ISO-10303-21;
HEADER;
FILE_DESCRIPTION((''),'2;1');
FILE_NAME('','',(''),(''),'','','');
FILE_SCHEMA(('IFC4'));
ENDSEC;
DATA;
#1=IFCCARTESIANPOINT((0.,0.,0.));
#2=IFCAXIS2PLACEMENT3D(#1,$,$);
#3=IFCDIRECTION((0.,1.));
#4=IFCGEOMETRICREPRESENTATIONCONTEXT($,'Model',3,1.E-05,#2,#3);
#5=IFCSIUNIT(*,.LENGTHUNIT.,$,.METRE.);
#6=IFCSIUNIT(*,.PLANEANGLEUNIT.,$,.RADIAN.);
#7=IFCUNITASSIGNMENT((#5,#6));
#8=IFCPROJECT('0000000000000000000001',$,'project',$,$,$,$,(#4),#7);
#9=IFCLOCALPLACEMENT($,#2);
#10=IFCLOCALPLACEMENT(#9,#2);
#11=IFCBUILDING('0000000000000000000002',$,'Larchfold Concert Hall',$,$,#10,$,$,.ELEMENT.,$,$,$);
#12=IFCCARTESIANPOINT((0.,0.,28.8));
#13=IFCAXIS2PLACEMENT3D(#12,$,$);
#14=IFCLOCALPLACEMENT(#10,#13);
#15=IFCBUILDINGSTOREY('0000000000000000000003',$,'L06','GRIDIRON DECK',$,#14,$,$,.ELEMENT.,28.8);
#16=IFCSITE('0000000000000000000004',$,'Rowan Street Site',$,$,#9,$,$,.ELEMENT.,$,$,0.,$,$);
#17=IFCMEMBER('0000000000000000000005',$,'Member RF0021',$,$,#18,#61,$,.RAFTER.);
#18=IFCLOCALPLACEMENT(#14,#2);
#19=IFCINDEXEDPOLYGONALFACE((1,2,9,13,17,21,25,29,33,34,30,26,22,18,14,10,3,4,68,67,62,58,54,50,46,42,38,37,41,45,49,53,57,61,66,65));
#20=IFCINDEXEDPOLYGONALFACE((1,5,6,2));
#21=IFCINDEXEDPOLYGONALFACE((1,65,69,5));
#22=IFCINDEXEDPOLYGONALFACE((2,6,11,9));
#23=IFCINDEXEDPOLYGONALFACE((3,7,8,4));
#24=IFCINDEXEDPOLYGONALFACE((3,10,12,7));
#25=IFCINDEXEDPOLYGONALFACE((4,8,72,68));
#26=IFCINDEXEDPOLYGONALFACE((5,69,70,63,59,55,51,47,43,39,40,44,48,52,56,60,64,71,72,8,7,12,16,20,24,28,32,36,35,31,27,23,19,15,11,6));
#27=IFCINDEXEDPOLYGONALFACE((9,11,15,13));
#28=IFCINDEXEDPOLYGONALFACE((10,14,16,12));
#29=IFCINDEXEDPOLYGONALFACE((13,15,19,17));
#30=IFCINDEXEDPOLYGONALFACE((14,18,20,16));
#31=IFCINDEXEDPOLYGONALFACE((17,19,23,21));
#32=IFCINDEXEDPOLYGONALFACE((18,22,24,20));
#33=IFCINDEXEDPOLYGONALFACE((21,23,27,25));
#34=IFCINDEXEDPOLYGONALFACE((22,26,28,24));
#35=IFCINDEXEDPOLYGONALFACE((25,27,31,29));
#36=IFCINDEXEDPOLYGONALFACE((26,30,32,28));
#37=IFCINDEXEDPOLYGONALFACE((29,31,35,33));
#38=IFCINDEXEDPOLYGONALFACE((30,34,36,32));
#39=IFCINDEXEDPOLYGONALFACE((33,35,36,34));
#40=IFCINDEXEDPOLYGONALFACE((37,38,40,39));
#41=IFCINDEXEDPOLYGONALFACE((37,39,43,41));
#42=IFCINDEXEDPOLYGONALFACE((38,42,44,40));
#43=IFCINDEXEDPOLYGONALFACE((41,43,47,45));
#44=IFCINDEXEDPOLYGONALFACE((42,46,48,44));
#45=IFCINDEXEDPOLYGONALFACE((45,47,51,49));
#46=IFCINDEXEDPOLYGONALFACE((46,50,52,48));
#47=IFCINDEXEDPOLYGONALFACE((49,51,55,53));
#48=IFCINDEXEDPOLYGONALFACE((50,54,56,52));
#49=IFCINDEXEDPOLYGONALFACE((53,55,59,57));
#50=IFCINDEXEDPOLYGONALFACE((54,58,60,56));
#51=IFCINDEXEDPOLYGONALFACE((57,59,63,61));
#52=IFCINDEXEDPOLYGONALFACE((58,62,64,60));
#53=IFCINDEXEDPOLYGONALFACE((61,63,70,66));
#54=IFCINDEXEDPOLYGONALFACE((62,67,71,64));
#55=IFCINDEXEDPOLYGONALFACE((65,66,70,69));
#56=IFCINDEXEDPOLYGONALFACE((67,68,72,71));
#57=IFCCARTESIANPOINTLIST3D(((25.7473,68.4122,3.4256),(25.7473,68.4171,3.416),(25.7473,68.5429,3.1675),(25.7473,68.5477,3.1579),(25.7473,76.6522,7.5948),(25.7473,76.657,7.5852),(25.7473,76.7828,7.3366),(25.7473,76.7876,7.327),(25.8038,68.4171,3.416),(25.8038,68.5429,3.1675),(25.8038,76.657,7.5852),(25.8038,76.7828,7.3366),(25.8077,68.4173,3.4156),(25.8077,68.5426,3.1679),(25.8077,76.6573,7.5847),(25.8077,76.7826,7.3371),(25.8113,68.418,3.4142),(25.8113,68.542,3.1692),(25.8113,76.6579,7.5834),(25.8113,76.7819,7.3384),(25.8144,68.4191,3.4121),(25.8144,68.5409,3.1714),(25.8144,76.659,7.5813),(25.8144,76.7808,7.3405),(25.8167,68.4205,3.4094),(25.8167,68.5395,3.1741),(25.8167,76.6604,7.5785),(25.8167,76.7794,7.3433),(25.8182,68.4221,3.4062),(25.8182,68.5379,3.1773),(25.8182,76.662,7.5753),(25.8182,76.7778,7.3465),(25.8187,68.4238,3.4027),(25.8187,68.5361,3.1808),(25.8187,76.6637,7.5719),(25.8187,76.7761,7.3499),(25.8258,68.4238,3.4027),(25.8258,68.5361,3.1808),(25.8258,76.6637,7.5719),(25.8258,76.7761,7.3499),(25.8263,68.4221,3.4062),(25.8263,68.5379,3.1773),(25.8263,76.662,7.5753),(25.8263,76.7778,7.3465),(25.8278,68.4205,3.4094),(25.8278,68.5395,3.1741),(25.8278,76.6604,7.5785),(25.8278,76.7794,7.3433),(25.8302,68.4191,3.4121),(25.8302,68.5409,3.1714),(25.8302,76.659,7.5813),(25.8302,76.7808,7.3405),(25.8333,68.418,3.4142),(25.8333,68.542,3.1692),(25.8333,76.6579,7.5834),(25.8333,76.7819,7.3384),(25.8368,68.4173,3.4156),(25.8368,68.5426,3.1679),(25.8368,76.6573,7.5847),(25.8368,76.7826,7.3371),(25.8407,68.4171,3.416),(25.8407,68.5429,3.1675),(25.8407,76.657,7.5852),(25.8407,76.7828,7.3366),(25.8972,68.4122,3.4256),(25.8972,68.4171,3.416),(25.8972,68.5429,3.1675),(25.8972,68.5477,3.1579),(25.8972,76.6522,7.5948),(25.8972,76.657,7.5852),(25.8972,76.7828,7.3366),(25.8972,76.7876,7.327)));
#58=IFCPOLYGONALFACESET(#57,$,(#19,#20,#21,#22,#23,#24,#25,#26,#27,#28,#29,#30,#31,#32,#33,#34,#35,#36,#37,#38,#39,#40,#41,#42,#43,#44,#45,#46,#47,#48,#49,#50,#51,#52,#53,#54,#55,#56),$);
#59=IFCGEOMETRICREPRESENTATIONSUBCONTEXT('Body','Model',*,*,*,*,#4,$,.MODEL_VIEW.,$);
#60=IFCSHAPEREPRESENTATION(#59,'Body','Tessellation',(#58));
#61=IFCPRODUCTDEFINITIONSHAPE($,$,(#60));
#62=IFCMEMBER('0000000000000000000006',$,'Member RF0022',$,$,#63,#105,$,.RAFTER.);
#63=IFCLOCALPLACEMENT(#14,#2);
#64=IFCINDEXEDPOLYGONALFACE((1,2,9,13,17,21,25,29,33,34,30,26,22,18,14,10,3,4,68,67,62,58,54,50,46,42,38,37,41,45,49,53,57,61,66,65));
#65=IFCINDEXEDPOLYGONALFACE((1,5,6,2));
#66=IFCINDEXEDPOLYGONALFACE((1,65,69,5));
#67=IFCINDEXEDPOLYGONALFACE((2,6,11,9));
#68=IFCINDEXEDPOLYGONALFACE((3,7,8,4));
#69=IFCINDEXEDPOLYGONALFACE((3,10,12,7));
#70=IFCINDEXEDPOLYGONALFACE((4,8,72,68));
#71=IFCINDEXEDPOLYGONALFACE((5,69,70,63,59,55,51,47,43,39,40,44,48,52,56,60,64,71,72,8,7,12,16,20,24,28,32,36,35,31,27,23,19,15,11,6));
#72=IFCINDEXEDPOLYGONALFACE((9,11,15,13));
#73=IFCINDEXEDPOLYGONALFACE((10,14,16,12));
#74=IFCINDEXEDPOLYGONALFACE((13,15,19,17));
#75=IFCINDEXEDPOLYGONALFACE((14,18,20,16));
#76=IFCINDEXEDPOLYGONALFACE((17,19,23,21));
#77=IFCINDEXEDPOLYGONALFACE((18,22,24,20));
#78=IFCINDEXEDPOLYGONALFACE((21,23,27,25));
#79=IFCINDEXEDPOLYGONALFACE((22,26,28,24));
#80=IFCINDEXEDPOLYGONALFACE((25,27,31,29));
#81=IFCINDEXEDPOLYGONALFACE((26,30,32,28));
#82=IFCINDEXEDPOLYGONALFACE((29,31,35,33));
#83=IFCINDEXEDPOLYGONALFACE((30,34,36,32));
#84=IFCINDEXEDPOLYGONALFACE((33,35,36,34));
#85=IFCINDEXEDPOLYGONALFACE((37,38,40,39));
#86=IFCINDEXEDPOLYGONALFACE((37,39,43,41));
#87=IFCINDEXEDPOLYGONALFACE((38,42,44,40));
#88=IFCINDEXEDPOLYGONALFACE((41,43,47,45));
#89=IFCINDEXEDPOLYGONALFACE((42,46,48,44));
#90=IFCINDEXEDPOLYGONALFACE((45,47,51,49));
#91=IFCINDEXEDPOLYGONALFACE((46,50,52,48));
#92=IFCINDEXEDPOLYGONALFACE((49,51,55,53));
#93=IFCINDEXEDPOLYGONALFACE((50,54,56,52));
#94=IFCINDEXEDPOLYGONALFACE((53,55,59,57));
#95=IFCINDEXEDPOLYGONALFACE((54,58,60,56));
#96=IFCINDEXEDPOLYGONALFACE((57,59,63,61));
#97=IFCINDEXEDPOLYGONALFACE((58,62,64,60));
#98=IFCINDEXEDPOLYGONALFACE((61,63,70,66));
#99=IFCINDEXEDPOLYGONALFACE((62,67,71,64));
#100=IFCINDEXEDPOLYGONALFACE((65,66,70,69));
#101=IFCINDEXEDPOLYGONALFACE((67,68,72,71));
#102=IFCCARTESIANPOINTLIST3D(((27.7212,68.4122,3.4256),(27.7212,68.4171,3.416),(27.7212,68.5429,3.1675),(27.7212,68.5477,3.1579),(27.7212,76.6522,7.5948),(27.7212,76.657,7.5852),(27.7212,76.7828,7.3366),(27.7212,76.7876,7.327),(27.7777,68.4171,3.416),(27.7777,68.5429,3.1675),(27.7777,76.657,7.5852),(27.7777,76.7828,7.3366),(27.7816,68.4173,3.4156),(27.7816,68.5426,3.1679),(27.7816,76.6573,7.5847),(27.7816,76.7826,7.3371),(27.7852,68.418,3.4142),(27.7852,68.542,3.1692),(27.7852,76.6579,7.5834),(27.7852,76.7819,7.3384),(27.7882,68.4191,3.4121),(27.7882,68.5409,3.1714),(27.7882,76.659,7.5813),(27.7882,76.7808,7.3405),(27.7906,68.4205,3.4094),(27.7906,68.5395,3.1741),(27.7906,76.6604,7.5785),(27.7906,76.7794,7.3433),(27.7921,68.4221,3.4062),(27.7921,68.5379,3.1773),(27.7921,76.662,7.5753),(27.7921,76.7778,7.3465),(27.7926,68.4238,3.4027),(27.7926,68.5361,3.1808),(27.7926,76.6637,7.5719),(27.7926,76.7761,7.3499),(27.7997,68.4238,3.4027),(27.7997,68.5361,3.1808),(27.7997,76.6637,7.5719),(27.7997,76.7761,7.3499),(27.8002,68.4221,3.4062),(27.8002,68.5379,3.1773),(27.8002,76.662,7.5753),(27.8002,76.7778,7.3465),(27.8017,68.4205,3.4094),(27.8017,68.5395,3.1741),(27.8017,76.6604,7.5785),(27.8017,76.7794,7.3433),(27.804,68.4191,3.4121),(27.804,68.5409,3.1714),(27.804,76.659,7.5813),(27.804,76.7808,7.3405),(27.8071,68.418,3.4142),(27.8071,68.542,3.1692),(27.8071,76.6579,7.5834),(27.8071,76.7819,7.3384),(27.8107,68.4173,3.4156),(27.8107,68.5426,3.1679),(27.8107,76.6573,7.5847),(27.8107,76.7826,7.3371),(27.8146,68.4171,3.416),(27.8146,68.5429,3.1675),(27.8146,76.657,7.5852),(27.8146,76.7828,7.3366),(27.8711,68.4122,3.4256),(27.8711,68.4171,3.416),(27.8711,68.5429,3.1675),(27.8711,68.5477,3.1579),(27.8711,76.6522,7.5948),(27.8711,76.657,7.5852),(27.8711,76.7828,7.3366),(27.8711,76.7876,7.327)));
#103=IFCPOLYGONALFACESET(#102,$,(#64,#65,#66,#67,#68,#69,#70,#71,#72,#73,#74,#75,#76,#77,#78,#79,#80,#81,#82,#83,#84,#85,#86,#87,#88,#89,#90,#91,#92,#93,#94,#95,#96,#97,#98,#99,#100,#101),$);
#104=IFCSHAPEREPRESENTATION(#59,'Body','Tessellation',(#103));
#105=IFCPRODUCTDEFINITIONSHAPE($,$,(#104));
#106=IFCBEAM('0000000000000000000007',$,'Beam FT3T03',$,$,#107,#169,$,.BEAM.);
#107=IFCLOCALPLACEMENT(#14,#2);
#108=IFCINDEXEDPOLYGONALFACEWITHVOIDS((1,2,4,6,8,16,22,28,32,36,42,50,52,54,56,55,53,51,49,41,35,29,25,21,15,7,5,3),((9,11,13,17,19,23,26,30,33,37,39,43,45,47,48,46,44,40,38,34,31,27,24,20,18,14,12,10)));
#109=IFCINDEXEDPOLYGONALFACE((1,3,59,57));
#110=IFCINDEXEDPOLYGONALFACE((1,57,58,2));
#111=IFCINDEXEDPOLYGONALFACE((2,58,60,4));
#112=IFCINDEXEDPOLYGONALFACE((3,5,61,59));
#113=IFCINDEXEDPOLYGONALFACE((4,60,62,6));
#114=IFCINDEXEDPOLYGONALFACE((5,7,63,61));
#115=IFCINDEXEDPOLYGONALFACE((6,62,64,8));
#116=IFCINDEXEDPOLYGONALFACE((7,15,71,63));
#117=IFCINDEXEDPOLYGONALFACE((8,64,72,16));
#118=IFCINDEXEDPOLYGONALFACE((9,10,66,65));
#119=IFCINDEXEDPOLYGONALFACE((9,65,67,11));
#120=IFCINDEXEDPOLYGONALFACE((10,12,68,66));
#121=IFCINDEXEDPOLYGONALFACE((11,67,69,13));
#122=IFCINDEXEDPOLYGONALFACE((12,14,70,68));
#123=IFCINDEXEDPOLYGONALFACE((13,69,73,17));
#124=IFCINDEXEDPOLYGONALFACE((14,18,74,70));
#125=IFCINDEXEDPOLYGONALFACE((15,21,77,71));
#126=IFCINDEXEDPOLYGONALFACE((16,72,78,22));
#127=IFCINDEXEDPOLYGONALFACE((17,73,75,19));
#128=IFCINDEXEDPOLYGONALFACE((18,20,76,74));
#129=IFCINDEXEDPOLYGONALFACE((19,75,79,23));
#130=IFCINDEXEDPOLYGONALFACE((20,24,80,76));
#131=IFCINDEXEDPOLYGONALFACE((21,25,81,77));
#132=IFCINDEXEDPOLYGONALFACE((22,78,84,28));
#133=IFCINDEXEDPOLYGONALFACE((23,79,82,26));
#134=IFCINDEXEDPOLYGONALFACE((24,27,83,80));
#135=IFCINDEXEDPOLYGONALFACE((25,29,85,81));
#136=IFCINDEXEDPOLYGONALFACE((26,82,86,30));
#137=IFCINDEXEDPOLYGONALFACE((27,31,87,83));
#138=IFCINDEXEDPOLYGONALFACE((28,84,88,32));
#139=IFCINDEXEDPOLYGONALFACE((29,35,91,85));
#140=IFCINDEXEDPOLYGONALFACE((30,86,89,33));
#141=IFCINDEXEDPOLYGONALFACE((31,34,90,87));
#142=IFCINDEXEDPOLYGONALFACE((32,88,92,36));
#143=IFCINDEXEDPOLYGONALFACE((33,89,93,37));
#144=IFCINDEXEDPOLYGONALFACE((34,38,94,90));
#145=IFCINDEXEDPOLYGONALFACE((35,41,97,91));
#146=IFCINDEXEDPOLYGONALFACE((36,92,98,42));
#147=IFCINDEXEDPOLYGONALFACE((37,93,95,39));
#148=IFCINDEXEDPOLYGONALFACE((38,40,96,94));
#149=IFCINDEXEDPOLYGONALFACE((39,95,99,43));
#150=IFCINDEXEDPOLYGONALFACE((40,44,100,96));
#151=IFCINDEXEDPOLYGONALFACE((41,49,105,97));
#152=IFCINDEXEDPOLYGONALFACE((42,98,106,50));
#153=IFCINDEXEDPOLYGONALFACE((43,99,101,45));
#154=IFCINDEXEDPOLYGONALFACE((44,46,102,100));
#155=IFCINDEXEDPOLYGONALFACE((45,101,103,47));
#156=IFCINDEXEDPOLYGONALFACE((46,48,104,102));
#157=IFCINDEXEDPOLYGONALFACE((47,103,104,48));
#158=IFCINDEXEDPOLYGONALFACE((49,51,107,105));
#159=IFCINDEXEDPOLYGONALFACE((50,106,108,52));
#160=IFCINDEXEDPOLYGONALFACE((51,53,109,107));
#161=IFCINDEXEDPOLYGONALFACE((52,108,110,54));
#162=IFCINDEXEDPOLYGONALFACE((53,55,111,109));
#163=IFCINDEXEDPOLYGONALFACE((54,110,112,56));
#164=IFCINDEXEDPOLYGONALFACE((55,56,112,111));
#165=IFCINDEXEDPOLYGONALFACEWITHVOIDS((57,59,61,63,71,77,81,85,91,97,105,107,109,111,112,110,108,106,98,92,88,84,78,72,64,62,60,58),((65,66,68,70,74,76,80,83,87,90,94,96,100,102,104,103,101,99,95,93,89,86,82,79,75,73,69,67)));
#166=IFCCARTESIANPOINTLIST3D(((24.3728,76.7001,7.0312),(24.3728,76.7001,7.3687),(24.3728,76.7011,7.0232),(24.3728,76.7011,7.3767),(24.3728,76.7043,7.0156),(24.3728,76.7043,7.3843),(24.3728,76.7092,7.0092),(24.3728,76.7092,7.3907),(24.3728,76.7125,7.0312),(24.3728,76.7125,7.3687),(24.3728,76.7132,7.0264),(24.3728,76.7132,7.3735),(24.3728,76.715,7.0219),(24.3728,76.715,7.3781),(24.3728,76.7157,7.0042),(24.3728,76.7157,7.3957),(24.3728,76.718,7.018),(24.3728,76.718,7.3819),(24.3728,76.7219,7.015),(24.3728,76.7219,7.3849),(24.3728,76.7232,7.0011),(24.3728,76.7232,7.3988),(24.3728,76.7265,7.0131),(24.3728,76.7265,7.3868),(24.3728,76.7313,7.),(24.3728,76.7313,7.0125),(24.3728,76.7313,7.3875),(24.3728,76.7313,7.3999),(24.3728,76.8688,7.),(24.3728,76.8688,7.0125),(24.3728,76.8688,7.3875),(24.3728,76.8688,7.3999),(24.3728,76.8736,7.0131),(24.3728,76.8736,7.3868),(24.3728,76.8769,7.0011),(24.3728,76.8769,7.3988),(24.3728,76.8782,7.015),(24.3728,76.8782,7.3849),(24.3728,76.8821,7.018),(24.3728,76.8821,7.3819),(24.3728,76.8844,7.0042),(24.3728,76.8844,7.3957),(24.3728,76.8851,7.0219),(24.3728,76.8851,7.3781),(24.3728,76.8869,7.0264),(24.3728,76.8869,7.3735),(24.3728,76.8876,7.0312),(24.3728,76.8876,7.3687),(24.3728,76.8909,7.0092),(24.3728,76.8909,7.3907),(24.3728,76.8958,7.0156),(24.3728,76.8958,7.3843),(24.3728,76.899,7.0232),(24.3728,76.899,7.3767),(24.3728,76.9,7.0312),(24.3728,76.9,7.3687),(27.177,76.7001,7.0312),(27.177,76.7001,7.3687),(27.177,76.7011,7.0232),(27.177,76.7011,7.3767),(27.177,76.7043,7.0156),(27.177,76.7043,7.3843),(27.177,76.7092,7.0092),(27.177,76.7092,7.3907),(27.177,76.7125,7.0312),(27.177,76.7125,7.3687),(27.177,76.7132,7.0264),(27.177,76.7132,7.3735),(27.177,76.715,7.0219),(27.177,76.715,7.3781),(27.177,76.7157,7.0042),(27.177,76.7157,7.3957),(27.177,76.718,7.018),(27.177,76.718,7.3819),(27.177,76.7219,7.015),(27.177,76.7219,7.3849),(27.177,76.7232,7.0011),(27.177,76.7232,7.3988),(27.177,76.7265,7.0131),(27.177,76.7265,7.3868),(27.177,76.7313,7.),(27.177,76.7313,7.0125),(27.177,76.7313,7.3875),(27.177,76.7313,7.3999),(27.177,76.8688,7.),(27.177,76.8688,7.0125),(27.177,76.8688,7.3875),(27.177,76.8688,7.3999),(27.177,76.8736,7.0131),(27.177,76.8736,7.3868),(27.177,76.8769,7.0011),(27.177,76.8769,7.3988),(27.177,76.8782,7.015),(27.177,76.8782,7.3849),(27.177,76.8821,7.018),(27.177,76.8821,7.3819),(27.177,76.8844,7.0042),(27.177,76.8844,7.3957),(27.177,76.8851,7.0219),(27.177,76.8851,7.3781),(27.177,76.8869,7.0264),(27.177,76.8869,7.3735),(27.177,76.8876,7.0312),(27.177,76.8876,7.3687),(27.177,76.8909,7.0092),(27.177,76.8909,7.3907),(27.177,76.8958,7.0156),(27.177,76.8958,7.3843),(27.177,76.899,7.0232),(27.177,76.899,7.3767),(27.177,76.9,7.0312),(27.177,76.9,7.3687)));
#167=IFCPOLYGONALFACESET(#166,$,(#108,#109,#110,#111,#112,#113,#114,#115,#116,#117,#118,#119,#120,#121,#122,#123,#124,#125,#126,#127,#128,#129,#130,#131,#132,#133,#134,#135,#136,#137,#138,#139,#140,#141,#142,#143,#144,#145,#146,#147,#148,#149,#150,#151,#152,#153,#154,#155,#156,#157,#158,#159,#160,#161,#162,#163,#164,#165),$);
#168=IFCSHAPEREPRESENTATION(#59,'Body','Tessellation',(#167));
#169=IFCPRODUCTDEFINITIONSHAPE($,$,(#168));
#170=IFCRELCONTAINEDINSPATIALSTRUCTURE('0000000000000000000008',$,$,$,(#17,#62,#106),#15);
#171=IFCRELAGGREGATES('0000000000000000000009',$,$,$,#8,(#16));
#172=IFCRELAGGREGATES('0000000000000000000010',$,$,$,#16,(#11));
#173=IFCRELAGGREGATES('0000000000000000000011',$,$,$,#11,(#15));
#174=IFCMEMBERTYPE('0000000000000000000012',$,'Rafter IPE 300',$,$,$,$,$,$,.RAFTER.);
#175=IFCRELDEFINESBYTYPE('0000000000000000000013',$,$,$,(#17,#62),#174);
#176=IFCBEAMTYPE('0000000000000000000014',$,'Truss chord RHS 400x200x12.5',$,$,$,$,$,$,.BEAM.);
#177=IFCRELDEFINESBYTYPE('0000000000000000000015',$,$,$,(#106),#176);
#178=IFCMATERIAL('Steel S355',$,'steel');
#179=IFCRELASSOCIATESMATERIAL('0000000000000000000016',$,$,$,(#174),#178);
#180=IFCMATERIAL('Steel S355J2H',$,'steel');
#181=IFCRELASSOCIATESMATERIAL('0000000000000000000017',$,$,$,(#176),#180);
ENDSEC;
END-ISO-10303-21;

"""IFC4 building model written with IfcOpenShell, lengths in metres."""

from ifc_helpers import new_model, si_unit, direction, frame, origin, origin_2d, place, context, subcontext, project, spatial, hollow_rectangle, i_section, extrude, material, material_profile, profile_set, type_object, element, save


model = new_model("IFC4")

# Units and contexts
model_context = context("Model", 3, precision=1e-05, world=origin(), true_north=direction((0.0, 1.0)))
body_context = subcontext(model_context, "Body", "Model", "MODEL_VIEW")
ifc_project = project(units=[si_unit("LENGTHUNIT", "METRE"), si_unit("PLANEANGLEUNIT", "RADIAN")], contexts=[model_context])

# Site, building, storey
site_placement = place(None, origin())
site = spatial("IfcSite", under=ifc_project, at=site_placement, Name="Rowan Street Site", CompositionType="ELEMENT", RefElevation=0.0)
building_placement = place(site_placement, origin())
building = spatial("IfcBuilding", under=site, at=building_placement, Name="Larchfold Concert Hall", CompositionType="ELEMENT")
storey_placement = place(building_placement, frame((0.0, 0.0, 28.8)))
storey = spatial("IfcBuildingStorey", under=building, at=storey_placement, Name="L06", Description="GRIDIRON DECK", CompositionType="ELEMENT", Elevation=28.8)

# Members
ifc_material_1 = material(Name="Steel S355", Category="steel")
ifc_material_profile_1 = material_profile(ifc_material_1, i_section(OverallWidth=0.1499, OverallDepth=0.3, WebThickness=0.0071, FlangeThickness=0.0107, FilletRadius=0.0149, at=origin_2d()))
ifc_profile_set_1 = profile_set([ifc_material_profile_1], Name="Steel S355")
member_type_1 = type_object("IfcMemberType", Name="Rafter IPE 300", PredefinedType="RAFTER", material=ifc_profile_set_1)
for number, where, z_axis, x_axis, name in (
    (1, (25.8223, 68.48, 3.2917), (0.0, 0.892286, 0.45147), (-1.0, 0.0, 0.0), "Member RF0021"),
    (2, (27.7961, 68.48, 3.2917), (0.0, 0.892286, 0.45147), (-1.0, 0.0, 0.0), "Member RF0022"),
):
    element("IfcMember", number, at=place(storey_placement, frame(where, z_axis=z_axis, x_axis=x_axis)), inside=storey, type_object=member_type_1, Name=name, PredefinedType="RAFTER", context=body_context, shape_type="SweptSolid", body=[
        extrude(i_section(OverallWidth=0.1499, OverallDepth=0.3, WebThickness=0.0071, FlangeThickness=0.0107, FilletRadius=0.0149, at=origin_2d()), origin(), (0.0, 0.0, 1.0), 9.2346),
    ])

# Beam
ifc_material_2 = material(Name="Steel S355J2H", Category="steel")
ifc_material_profile_2 = material_profile(ifc_material_2, hollow_rectangle(XDim=0.2, YDim=0.3999, WallThickness=0.0125, InnerFilletRadius=0.0188, OuterFilletRadius=0.0312, at=origin_2d()))
ifc_profile_set_2 = profile_set([ifc_material_profile_2], Name="Steel S355J2H")
beam_type_1 = type_object("IfcBeamType", Name="Truss chord RHS 400x200x12.5", PredefinedType="BEAM", material=ifc_profile_set_2)
for number, where, z_axis, x_axis, name in (
    (3, (24.3728, 76.8, 7.2), (1.0, 0.0, 0.0), (0.0, 1.0, 0.0), "Beam FT3T03"),
):
    element("IfcBeam", number, at=place(storey_placement, frame(where, z_axis=z_axis, x_axis=x_axis)), inside=storey, type_object=beam_type_1, Name=name, PredefinedType="BEAM", context=body_context, shape_type="SweptSolid", body=[
        extrude(hollow_rectangle(XDim=0.2, YDim=0.3999, WallThickness=0.0125, InnerFilletRadius=0.0188, OuterFilletRadius=0.0312, at=origin_2d()), origin(), (0.0, 0.0, 1.0), 2.8042),
    ])

save(model, "model.ifc")
